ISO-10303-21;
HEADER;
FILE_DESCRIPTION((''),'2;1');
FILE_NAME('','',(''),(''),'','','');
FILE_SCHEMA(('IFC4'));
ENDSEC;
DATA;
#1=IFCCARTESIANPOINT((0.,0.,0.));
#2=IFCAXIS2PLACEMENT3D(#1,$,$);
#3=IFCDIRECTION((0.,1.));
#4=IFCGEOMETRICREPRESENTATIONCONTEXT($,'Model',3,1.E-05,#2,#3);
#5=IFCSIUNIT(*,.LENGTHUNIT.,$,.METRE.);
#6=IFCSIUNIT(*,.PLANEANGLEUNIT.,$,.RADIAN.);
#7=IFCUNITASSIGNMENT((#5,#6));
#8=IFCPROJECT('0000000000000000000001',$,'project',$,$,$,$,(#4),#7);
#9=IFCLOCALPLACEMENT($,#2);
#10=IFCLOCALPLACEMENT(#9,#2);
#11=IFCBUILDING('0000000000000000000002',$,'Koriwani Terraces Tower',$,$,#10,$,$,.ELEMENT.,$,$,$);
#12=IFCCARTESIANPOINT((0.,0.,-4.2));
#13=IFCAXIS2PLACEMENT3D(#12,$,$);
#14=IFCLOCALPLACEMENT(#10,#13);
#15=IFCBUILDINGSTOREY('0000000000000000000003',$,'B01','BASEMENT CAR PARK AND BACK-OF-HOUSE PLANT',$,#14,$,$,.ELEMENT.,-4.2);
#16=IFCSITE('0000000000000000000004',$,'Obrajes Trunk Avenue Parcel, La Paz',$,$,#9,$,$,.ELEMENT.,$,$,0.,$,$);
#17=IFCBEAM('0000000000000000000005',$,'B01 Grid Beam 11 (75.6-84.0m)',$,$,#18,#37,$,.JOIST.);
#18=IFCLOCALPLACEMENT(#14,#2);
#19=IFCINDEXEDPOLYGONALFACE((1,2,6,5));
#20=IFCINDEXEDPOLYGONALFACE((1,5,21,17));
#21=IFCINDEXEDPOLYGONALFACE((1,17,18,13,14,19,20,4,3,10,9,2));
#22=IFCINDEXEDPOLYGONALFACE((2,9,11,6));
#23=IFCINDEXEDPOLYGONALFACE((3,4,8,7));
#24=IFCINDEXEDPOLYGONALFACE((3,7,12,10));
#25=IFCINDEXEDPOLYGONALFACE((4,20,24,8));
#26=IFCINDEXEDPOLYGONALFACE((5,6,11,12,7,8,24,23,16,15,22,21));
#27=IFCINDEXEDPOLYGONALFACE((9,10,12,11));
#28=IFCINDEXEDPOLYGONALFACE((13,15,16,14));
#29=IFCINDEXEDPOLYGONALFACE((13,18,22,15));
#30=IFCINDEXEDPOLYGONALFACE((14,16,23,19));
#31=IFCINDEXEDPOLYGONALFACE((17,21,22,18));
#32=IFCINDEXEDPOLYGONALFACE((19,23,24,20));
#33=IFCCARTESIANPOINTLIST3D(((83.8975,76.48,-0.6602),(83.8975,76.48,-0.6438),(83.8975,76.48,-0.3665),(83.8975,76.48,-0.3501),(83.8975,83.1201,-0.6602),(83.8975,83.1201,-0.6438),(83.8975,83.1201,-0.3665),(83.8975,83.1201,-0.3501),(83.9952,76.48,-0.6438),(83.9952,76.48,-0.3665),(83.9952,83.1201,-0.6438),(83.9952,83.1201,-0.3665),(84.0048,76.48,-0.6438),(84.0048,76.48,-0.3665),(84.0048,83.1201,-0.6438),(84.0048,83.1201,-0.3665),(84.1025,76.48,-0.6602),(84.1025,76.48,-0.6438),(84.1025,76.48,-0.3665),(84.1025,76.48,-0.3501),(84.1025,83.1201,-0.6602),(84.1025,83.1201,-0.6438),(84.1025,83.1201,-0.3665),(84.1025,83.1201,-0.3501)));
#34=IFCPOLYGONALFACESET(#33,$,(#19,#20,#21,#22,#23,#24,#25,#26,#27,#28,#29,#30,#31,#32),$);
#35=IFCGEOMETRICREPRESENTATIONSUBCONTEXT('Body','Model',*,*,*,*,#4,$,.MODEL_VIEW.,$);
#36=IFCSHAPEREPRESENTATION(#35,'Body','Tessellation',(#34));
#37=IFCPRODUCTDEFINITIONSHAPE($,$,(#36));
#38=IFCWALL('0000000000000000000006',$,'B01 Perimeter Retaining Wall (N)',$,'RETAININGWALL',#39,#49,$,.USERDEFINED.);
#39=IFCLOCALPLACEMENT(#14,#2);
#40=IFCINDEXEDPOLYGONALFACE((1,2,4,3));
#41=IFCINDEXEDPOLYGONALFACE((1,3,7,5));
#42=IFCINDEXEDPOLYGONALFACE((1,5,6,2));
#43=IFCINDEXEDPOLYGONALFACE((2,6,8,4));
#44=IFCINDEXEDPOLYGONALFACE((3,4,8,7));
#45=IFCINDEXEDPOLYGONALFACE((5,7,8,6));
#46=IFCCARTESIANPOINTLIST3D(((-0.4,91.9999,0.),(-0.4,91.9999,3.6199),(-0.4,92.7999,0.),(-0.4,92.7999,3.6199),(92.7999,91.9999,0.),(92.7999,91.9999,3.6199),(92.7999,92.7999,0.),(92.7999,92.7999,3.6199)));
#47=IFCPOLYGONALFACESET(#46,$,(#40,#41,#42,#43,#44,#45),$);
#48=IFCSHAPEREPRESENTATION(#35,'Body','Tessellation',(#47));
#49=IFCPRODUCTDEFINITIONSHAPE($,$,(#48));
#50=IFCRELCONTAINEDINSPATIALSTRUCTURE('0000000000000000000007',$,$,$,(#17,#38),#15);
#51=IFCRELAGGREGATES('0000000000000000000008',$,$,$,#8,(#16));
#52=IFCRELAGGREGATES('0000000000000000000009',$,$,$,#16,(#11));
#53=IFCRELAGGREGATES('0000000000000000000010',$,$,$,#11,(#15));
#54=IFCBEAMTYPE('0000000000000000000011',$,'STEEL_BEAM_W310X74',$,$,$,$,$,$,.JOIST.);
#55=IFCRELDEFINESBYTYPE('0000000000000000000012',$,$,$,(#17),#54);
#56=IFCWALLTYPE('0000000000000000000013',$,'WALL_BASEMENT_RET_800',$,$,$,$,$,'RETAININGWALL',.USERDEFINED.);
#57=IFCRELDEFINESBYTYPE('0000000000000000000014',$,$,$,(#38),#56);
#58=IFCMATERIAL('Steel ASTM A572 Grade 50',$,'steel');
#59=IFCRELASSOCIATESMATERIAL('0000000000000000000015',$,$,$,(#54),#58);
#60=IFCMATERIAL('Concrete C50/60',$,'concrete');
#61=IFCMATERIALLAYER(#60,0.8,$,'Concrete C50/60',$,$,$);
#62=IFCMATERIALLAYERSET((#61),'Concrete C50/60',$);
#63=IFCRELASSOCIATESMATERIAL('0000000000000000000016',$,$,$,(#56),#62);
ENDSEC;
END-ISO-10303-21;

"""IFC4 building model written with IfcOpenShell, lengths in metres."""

from ifc_helpers import new_model, si_unit, direction, frame, frame_2d, origin, origin_2d, place, context, subcontext, project, spatial, rectangle, i_section, extrude, material, layer, layer_set, material_profile, profile_set, type_object, element, save


model = new_model("IFC4")

# Units and contexts
model_context = context("Model", 3, precision=1e-05, world=origin(), true_north=direction((0.0, 1.0)))
body_context = subcontext(model_context, "Body", "Model", "MODEL_VIEW")
ifc_project = project(units=[si_unit("LENGTHUNIT", "METRE"), si_unit("PLANEANGLEUNIT", "RADIAN")], contexts=[model_context])

# Site, building, storey
site_placement = place(None, origin())
site = spatial("IfcSite", under=ifc_project, at=site_placement, Name="Obrajes Trunk Avenue Parcel, La Paz", CompositionType="ELEMENT", RefElevation=0.0)
building_placement = place(site_placement, origin())
building = spatial("IfcBuilding", under=site, at=building_placement, Name="Koriwani Terraces Tower", CompositionType="ELEMENT")
storey_placement = place(building_placement, frame((0.0, 0.0, -4.2)))
storey = spatial("IfcBuildingStorey", under=building, at=storey_placement, Name="B01", Description="BASEMENT CAR PARK AND BACK-OF-HOUSE PLANT", CompositionType="ELEMENT", Elevation=-4.2)

# Beam
ifc_material_1 = material(Name="Steel ASTM A572 Grade 50", Category="steel")
ifc_material_profile_1 = material_profile(ifc_material_1, i_section(OverallWidth=0.2051, OverallDepth=0.3101, WebThickness=0.0095, FlangeThickness=0.0164, at=origin_2d()), Name="Steel ASTM A572 Grade 50", Category="LoadBearing")
ifc_profile_set_1 = profile_set([ifc_material_profile_1], Name="Steel ASTM A572 Grade 50")
beam_type_1 = type_object("IfcBeamType", Name="STEEL_BEAM_W310X74", PredefinedType="JOIST", material=ifc_profile_set_1)
for number, where, z_axis, x_axis, name in (
    (1, (84.0, 76.48, -0.5051), (0.0, 1.0, 0.0), (-1.0, 0.0, 0.0), "B01 Grid Beam 11 (75.6-84.0m)"),
):
    element("IfcBeam", number, at=place(storey_placement, frame(where, z_axis=z_axis, x_axis=x_axis)), inside=storey, type_object=beam_type_1, Name=name, PredefinedType="JOIST", context=body_context, shape_type="SweptSolid", body=[
        extrude(i_section(OverallWidth=0.2051, OverallDepth=0.3101, WebThickness=0.0095, FlangeThickness=0.0164, at=origin_2d()), origin(), (0.0, 0.0, 1.0), 6.6401),
    ])

# Wall
ifc_material_2 = material(Name="Concrete C50/60", Category="concrete")
ifc_layer = layer(ifc_material_2, 0.8, Name="Concrete C50/60")
ifc_layer_set = layer_set([ifc_layer], Name="Concrete C50/60")
wall_type = type_object("IfcWallType", Name="WALL_BASEMENT_RET_800", ElementType="RETAININGWALL", PredefinedType="USERDEFINED", material=ifc_layer_set)
wall_placement = place(storey_placement, frame((92.8, 92.3999, 0.0), z_axis=(0.0, 0.0, 1.0), x_axis=(-1.0, 0.0, 0.0)))
element("IfcWall", 2, at=wall_placement, inside=storey, type_object=wall_type, Name="B01 Perimeter Retaining Wall (N)", ObjectType="RETAININGWALL", PredefinedType="USERDEFINED", context=body_context, shape_type="SweptSolid", body=[
    extrude(rectangle(XDim=93.2, YDim=0.8, at=frame_2d((46.6001, 0.0))), origin(), (0.0, 0.0, 1.0), 3.6199),
])

save(model, "model.ifc")
